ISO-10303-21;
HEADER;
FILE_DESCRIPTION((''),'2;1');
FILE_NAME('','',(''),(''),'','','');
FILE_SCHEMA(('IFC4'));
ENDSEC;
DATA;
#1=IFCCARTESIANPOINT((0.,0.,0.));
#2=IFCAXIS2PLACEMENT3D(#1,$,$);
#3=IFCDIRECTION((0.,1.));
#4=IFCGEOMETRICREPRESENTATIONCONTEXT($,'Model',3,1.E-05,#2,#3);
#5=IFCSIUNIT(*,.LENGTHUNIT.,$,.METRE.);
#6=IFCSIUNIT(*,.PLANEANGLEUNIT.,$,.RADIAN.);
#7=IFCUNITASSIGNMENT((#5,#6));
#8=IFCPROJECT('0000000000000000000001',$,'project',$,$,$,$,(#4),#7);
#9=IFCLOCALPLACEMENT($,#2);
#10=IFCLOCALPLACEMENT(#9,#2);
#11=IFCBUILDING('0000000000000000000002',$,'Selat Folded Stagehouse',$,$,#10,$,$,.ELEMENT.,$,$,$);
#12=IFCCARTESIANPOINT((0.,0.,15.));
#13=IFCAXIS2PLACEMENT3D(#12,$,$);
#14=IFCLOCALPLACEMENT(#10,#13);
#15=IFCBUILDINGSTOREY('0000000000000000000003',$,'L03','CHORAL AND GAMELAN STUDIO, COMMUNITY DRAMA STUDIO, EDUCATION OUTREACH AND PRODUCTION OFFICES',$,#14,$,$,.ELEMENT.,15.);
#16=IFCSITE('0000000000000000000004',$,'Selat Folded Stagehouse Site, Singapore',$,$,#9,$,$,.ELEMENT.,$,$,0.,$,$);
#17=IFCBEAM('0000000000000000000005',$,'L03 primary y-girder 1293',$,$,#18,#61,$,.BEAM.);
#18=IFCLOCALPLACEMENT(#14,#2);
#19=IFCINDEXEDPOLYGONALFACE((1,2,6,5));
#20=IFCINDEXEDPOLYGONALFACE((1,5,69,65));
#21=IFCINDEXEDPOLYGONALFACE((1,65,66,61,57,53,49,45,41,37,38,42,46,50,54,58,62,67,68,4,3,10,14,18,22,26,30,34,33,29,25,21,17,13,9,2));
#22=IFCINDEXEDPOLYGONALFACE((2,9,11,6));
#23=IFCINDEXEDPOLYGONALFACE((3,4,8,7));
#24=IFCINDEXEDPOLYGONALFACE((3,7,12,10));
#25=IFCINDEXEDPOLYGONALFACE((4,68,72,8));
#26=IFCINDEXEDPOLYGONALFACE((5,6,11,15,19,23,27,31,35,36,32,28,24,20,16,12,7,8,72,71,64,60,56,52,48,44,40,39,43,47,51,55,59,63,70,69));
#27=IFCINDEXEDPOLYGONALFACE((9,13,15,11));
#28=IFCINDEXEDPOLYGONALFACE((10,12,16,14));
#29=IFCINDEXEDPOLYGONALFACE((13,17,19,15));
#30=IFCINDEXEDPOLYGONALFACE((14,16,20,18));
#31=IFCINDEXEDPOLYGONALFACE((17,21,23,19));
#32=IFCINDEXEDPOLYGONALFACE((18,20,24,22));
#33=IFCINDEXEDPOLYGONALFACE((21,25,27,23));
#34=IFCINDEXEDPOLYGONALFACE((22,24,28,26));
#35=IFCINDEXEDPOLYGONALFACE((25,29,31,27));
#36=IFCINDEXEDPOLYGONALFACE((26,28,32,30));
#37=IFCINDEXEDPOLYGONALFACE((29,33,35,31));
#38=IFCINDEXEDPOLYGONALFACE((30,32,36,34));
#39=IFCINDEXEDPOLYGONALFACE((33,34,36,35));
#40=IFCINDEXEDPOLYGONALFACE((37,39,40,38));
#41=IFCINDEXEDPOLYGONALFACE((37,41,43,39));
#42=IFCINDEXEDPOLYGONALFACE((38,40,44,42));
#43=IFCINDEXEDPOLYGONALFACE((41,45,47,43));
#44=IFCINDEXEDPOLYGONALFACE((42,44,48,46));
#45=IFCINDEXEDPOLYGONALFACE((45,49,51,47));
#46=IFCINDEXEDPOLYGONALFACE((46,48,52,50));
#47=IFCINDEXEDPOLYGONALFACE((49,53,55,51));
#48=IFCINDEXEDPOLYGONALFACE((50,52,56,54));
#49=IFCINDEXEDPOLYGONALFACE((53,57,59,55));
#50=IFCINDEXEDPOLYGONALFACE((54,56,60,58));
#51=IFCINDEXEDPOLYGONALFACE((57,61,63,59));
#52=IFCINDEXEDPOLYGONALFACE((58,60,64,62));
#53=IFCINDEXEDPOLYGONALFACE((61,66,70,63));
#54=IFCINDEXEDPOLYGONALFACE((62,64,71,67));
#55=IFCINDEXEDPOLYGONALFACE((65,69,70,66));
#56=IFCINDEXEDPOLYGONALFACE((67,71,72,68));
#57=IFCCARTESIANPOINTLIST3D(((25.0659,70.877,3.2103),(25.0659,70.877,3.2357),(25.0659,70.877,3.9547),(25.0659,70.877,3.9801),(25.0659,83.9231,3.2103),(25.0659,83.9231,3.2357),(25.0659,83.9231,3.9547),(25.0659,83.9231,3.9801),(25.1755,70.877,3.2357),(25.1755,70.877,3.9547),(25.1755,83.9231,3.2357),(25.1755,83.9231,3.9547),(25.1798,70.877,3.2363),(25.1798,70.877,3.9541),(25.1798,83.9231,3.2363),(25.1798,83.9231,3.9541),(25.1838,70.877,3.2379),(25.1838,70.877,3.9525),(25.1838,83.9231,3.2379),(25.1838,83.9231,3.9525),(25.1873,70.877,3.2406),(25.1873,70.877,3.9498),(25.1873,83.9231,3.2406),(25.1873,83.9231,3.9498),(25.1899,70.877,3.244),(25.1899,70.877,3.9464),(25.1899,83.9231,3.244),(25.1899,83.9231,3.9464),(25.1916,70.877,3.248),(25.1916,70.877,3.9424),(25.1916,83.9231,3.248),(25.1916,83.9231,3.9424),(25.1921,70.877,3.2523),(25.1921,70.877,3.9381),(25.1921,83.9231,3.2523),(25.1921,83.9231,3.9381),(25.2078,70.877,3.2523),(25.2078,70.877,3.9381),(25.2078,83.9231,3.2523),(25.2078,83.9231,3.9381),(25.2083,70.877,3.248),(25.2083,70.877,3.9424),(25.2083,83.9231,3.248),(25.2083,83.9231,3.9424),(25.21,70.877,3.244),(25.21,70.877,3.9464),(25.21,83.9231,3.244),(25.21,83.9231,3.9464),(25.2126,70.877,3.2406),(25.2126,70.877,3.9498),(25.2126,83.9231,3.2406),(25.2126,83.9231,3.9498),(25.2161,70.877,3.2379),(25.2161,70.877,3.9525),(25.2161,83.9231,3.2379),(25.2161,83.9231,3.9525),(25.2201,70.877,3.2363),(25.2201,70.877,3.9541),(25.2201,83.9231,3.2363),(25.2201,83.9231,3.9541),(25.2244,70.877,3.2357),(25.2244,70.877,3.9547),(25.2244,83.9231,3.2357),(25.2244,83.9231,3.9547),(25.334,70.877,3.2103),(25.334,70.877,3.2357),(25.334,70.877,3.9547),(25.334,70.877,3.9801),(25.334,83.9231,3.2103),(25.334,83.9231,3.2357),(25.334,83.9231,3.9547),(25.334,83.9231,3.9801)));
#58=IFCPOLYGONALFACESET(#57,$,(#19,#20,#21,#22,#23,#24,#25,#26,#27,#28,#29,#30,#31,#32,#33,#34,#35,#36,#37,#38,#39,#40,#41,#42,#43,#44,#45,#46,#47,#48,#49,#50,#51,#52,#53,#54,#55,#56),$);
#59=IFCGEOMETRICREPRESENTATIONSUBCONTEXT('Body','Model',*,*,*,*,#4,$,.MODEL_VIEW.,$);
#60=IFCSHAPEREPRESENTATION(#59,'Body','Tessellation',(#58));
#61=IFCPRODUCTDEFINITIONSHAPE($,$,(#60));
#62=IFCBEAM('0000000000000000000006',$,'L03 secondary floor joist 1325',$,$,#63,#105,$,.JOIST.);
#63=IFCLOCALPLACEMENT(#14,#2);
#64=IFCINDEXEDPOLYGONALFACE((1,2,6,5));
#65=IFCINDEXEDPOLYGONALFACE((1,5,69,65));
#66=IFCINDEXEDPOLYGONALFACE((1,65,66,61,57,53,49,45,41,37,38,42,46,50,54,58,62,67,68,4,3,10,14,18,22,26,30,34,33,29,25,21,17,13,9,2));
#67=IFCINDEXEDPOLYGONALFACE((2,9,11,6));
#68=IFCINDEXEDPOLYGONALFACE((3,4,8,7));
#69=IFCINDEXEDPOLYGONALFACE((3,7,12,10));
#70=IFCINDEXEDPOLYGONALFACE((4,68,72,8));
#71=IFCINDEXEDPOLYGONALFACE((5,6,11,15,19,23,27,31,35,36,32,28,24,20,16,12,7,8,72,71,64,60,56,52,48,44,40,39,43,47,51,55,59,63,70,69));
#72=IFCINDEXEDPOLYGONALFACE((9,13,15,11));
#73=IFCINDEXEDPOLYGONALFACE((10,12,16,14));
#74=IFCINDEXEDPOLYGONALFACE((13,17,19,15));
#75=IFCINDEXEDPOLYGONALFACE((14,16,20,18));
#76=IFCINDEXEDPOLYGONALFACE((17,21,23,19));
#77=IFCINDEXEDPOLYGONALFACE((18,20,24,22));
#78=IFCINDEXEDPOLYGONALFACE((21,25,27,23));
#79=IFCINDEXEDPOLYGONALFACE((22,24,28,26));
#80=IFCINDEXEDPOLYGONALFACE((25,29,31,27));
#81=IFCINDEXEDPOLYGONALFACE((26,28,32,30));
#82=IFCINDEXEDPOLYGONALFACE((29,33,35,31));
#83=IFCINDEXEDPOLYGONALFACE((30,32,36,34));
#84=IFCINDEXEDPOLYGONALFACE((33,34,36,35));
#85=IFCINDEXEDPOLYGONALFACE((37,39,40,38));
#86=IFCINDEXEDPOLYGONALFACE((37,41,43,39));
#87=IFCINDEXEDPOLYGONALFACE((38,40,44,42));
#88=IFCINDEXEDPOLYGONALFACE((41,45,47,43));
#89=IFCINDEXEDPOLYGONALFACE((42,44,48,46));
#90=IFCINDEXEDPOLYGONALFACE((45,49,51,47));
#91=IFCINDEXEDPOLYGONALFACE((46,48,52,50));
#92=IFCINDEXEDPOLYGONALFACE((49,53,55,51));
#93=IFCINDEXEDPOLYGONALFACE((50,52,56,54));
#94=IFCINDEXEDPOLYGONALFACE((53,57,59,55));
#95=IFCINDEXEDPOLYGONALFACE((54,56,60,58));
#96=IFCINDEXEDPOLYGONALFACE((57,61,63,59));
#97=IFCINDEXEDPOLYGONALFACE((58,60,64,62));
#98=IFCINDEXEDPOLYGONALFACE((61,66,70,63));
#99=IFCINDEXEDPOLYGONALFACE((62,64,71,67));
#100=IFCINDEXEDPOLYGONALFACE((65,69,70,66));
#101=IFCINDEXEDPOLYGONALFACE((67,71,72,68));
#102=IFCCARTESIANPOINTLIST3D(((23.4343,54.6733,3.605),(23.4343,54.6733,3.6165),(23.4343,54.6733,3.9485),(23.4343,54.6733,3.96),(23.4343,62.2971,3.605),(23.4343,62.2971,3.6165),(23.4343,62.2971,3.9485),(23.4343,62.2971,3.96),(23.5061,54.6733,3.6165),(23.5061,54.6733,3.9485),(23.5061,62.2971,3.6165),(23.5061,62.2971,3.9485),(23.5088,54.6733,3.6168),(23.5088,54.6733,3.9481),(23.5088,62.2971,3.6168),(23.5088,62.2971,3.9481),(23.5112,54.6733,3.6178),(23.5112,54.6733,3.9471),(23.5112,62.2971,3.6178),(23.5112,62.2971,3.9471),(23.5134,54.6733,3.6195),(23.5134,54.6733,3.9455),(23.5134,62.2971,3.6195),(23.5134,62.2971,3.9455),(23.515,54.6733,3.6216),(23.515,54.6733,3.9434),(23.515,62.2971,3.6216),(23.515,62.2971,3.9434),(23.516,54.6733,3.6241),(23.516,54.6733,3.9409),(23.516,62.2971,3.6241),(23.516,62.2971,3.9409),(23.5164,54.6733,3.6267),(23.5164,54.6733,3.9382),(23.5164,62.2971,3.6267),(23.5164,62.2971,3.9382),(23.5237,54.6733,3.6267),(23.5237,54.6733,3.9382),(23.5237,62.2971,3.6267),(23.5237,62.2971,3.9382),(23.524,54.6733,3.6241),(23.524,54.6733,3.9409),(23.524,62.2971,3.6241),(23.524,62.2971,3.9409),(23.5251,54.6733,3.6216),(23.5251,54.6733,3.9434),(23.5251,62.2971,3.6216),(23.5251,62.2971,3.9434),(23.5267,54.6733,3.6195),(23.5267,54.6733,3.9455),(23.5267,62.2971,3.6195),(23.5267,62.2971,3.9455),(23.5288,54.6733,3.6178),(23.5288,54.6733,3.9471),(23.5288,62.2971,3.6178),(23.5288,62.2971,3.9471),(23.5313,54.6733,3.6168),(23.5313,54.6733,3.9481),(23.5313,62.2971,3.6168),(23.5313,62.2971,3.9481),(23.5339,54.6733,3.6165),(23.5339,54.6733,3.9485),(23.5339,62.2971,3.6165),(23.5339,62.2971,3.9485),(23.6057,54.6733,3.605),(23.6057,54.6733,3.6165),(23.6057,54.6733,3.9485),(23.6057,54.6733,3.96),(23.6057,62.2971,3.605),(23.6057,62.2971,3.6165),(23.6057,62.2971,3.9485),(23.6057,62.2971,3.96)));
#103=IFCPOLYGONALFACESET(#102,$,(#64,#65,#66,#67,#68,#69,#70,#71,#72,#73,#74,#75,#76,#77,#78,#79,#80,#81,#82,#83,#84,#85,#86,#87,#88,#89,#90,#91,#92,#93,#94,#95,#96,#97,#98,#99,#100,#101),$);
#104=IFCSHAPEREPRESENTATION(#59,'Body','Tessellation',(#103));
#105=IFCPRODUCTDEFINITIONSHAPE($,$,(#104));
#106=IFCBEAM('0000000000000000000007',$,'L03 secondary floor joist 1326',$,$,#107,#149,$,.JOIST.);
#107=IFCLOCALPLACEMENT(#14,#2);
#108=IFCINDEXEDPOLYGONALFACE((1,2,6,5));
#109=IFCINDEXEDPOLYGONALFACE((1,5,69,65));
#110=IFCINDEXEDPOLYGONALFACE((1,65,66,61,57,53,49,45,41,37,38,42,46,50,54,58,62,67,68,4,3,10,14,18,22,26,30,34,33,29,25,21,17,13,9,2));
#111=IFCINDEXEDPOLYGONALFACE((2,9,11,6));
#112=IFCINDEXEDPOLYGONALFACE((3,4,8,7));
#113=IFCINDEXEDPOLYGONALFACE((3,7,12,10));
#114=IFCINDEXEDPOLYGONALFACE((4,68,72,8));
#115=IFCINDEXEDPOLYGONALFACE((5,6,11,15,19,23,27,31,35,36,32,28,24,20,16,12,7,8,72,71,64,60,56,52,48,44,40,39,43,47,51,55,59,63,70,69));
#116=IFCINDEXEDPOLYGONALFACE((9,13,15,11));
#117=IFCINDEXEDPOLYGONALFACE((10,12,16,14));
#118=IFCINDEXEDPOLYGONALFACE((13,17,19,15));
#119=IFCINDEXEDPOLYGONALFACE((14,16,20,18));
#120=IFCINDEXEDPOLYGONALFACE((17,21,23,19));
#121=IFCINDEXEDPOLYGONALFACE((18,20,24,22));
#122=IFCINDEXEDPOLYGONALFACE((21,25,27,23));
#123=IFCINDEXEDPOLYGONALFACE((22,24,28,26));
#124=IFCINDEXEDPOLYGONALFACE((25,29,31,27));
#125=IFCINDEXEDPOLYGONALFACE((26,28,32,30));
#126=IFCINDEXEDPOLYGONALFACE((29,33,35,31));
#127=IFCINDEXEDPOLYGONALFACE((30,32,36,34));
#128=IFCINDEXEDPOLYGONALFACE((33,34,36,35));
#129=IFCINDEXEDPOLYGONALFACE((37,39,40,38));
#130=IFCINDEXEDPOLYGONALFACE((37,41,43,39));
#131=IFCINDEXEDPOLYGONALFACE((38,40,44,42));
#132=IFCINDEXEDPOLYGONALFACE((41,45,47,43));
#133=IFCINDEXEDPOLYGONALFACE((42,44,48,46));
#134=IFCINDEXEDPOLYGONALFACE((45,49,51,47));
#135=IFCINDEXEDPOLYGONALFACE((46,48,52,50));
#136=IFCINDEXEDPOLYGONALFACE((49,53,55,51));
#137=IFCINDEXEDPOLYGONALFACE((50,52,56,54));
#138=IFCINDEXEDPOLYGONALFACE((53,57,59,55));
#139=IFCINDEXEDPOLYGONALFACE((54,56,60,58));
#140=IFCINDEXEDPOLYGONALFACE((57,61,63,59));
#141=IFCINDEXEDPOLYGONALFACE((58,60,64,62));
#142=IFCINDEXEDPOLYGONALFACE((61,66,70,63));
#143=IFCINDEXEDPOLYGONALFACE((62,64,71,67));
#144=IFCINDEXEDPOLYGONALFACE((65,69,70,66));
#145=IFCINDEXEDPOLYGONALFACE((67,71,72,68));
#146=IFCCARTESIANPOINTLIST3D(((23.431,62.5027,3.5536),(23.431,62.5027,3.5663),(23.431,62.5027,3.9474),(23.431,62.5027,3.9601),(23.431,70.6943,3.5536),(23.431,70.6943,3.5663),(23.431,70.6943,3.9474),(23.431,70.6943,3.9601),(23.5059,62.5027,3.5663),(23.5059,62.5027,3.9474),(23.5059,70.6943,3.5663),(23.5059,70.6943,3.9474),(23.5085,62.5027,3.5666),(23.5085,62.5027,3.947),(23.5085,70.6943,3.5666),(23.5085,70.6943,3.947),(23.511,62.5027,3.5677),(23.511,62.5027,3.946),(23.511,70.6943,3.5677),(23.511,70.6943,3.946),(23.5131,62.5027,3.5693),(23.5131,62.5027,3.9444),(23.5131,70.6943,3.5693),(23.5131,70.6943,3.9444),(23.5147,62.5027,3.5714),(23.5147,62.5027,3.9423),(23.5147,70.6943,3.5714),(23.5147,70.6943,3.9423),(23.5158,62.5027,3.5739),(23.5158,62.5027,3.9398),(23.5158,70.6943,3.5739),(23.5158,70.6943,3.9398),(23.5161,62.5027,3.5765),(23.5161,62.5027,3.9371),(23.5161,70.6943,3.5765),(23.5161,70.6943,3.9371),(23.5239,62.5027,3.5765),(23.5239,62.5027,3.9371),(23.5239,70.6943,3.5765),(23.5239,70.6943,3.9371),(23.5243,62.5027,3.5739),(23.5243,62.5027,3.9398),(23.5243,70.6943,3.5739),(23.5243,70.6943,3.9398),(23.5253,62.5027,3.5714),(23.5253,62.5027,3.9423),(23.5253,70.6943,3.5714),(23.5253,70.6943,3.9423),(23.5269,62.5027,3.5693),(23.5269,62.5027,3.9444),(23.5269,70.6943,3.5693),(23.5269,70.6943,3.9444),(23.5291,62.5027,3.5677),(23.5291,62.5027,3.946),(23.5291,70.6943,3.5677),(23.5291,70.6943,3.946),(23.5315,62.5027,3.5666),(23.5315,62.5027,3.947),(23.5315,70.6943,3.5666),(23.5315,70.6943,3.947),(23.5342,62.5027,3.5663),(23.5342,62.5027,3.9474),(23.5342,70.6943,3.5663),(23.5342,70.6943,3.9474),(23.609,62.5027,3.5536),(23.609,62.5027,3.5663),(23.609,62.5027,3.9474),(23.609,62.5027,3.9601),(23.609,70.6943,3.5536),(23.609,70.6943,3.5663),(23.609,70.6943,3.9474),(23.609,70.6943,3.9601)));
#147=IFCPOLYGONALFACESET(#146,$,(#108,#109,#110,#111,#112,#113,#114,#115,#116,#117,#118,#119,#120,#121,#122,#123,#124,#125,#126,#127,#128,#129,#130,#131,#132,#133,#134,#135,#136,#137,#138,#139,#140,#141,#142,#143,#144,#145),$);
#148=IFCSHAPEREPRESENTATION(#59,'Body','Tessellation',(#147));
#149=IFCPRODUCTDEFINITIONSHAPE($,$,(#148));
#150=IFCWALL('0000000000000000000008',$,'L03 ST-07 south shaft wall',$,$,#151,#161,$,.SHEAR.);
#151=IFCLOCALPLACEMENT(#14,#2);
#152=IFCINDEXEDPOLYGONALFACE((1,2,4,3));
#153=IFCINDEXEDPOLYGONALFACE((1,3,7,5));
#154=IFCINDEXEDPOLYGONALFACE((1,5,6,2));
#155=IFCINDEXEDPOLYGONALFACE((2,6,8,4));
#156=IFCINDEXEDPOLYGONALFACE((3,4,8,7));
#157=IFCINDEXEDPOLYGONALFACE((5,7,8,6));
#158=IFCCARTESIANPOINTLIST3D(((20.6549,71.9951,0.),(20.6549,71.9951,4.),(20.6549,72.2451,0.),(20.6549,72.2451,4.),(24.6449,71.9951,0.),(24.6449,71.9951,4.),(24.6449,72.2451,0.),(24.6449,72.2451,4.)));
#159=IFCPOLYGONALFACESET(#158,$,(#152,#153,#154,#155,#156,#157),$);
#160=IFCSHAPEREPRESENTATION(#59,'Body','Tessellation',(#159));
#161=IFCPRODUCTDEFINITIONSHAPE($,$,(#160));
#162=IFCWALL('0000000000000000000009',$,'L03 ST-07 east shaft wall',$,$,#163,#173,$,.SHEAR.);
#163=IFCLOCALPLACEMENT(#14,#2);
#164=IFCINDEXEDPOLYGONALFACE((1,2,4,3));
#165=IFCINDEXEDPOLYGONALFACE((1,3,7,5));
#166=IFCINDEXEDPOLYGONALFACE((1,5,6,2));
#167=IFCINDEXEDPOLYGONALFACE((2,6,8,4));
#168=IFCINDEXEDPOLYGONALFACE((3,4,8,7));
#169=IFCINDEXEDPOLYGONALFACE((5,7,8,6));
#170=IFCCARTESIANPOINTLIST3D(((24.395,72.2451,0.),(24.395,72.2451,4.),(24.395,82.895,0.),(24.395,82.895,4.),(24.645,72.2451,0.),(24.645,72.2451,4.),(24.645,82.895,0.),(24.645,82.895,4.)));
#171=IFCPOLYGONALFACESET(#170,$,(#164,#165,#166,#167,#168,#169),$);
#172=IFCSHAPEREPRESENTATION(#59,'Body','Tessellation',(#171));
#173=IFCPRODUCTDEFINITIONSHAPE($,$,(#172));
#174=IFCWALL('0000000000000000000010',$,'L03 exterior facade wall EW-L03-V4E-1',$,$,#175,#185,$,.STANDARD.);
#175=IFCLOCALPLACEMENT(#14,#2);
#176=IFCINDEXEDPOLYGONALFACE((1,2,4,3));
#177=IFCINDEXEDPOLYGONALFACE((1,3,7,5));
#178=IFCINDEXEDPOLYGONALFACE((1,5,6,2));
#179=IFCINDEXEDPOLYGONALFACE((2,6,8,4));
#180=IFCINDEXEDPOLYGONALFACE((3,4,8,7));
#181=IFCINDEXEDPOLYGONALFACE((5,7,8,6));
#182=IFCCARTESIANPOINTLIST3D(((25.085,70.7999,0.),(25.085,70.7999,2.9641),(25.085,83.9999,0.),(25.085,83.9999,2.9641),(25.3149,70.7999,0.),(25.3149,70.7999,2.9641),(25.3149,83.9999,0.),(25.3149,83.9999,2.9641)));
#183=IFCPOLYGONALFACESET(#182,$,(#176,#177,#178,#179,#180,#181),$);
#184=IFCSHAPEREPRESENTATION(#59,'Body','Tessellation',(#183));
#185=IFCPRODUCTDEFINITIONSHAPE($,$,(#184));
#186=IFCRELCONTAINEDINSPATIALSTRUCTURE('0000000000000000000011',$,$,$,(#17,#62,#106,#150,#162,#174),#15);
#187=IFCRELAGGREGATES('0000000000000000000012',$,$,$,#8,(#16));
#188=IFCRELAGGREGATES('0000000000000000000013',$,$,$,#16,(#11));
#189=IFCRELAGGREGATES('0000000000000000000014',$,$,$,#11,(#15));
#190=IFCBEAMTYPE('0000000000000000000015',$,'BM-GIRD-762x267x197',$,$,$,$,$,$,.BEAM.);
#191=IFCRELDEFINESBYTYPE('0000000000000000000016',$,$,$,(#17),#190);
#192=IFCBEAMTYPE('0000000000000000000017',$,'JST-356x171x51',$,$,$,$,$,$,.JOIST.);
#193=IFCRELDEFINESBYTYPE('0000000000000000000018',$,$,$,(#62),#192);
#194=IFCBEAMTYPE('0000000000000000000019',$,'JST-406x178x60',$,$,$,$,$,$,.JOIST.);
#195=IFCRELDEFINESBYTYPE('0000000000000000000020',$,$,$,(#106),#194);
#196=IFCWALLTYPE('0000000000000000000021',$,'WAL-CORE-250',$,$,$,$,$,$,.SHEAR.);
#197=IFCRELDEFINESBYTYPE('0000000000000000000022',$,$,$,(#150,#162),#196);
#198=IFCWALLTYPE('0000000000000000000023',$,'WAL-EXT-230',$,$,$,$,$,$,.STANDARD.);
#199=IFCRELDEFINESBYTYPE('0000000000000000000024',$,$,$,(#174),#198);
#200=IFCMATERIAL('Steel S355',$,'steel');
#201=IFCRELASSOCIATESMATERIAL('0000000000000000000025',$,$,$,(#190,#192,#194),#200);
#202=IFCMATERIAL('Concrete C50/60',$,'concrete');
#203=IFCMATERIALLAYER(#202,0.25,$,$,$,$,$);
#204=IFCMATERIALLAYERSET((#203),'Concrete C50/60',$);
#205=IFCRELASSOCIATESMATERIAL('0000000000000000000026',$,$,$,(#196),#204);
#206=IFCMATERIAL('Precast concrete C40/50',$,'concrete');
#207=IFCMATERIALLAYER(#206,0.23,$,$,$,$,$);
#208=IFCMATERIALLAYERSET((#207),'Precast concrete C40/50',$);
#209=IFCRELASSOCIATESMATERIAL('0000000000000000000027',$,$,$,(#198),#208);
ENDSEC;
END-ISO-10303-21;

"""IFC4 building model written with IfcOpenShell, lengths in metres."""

from ifc_helpers import new_model, si_unit, direction, frame, frame_2d, origin, origin_2d, place, context, subcontext, project, spatial, rectangle, i_section, extrude, material, layer, layer_set, material_profile, profile_set, type_object, element, save


model = new_model("IFC4")

# Units and contexts
model_context = context("Model", 3, precision=1e-05, world=origin(), true_north=direction((0.0, 1.0)))
body_context = subcontext(model_context, "Body", "Model", "MODEL_VIEW")
ifc_project = project(units=[si_unit("LENGTHUNIT", "METRE"), si_unit("PLANEANGLEUNIT", "RADIAN")], contexts=[model_context])

# Site, building, storey
site_placement = place(None, origin())
site = spatial("IfcSite", under=ifc_project, at=site_placement, Name="Selat Folded Stagehouse Site, Singapore", CompositionType="ELEMENT", RefElevation=0.0)
building_placement = place(site_placement, origin())
building = spatial("IfcBuilding", under=site, at=building_placement, Name="Selat Folded Stagehouse", CompositionType="ELEMENT")
storey_placement = place(building_placement, frame((0.0, 0.0, 15.0)))
storey = spatial("IfcBuildingStorey", under=building, at=storey_placement, Name="L03", Description="CHORAL AND GAMELAN STUDIO, COMMUNITY DRAMA STUDIO, EDUCATION OUTREACH AND PRODUCTION OFFICES", CompositionType="ELEMENT", Elevation=15.0)

# Shared definitions
ifc_material_1 = material(Name="Steel S355", Category="steel")

# Beams
ifc_material_profile_1 = material_profile(ifc_material_1, i_section(OverallWidth=0.2681, OverallDepth=0.7698, WebThickness=0.0156, FlangeThickness=0.0254, FilletRadius=0.0166, at=origin_2d()), Name="UKB 762x267x197")
ifc_profile_set_1 = profile_set([ifc_material_profile_1], Name="Steel S355")
beam_type_1 = type_object("IfcBeamType", Name="BM-GIRD-762x267x197", PredefinedType="BEAM", material=ifc_profile_set_1)
beam_1_placement = place(storey_placement, frame((25.2, 70.877, 3.5952), z_axis=(0.0, 1.0, 0.0), x_axis=(-1.0, 0.0, 0.0)))
element("IfcBeam", 1, at=beam_1_placement, inside=storey, type_object=beam_type_1, Name="L03 primary y-girder 1293", PredefinedType="BEAM", context=body_context, shape_type="SweptSolid", body=[
    extrude(i_section(OverallWidth=0.2681, OverallDepth=0.7698, WebThickness=0.0156, FlangeThickness=0.0254, FilletRadius=0.0166, at=origin_2d()), origin(), (0.0, 0.0, 1.0), 13.0461),
])
ifc_material_profile_2 = material_profile(ifc_material_1, i_section(OverallWidth=0.1714, OverallDepth=0.355, WebThickness=0.0073, FlangeThickness=0.0115, FilletRadius=0.0103, at=origin_2d()), Name="UKB 356x171x51")
ifc_profile_set_2 = profile_set([ifc_material_profile_2], Name="Steel S355")
beam_type_2 = type_object("IfcBeamType", Name="JST-356x171x51", PredefinedType="JOIST", material=ifc_profile_set_2)
beam_2_placement = place(storey_placement, frame((23.52, 54.6733, 3.7825), z_axis=(0.0, 1.0, 0.0), x_axis=(-1.0, 0.0, 0.0)))
element("IfcBeam", 2, at=beam_2_placement, inside=storey, type_object=beam_type_2, Name="L03 secondary floor joist 1325", PredefinedType="JOIST", context=body_context, shape_type="SweptSolid", body=[
    extrude(i_section(OverallWidth=0.1714, OverallDepth=0.355, WebThickness=0.0073, FlangeThickness=0.0115, FilletRadius=0.0103, at=origin_2d()), origin(), (0.0, 0.0, 1.0), 7.6238),
])
ifc_material_profile_3 = material_profile(ifc_material_1, i_section(OverallWidth=0.178, OverallDepth=0.4065, WebThickness=0.0078, FlangeThickness=0.0127, FilletRadius=0.0103, at=origin_2d()), Name="UKB 406x178x60")
ifc_profile_set_3 = profile_set([ifc_material_profile_3], Name="Steel S355")
beam_type_3 = type_object("IfcBeamType", Name="JST-406x178x60", PredefinedType="JOIST", material=ifc_profile_set_3)
beam_3_placement = place(storey_placement, frame((23.52, 62.5027, 3.7568), z_axis=(0.0, 1.0, 0.0), x_axis=(-1.0, 0.0, 0.0)))
element("IfcBeam", 3, at=beam_3_placement, inside=storey, type_object=beam_type_3, Name="L03 secondary floor joist 1326", PredefinedType="JOIST", context=body_context, shape_type="SweptSolid", body=[
    extrude(i_section(OverallWidth=0.178, OverallDepth=0.4065, WebThickness=0.0078, FlangeThickness=0.0127, FilletRadius=0.0103, at=origin_2d()), origin(), (0.0, 0.0, 1.0), 8.1917),
])

# Walls
ifc_material_2 = material(Name="Concrete C50/60", Category="concrete")
ifc_layer_1 = layer(ifc_material_2, 0.25)
ifc_layer_set_1 = layer_set([ifc_layer_1], Name="Concrete C50/60")
wall_type_1 = type_object("IfcWallType", Name="WAL-CORE-250", PredefinedType="SHEAR", material=ifc_layer_set_1)
wall_1_placement = place(storey_placement, frame((24.645, 72.1201, 0.0), z_axis=(0.0, 0.0, 1.0), x_axis=(-1.0, 0.0, 0.0)))
element("IfcWall", 4, at=wall_1_placement, inside=storey, type_object=wall_type_1, Name="L03 ST-07 south shaft wall", PredefinedType="SHEAR", context=body_context, shape_type="SweptSolid", body=[
    extrude(rectangle(XDim=3.99, YDim=0.25, at=frame_2d((1.9951, 0.0))), origin(), (0.0, 0.0, 1.0), 4.0),
])
wall_2_placement = place(storey_placement, frame((24.52, 82.895, 0.0), z_axis=(0.0, 0.0, 1.0), x_axis=(0.0, -1.0, 0.0)))
element("IfcWall", 5, at=wall_2_placement, inside=storey, type_object=wall_type_1, Name="L03 ST-07 east shaft wall", PredefinedType="SHEAR", context=body_context, shape_type="SweptSolid", body=[
    extrude(rectangle(XDim=10.6499, YDim=0.25, at=frame_2d((5.325, 0.0))), origin(), (0.0, 0.0, 1.0), 4.0),
])
ifc_material_3 = material(Name="Precast concrete C40/50", Category="concrete")
ifc_layer_2 = layer(ifc_material_3, 0.23)
ifc_layer_set_2 = layer_set([ifc_layer_2], Name="Precast concrete C40/50")
wall_type_2 = type_object("IfcWallType", Name="WAL-EXT-230", PredefinedType="STANDARD", material=ifc_layer_set_2)
wall_3_placement = place(storey_placement, frame((25.2, 84.0, 0.0), z_axis=(0.0, 0.0, 1.0), x_axis=(0.0, -1.0, 0.0)))
element("IfcWall", 6, at=wall_3_placement, inside=storey, type_object=wall_type_2, Name="L03 exterior facade wall EW-L03-V4E-1", PredefinedType="STANDARD", context=body_context, shape_type="SweptSolid", body=[
    extrude(rectangle(XDim=13.2, YDim=0.23, at=frame_2d((6.6001, 0.0))), origin(), (0.0, 0.0, 1.0), 2.9641),
])

save(model, "model.ifc")
